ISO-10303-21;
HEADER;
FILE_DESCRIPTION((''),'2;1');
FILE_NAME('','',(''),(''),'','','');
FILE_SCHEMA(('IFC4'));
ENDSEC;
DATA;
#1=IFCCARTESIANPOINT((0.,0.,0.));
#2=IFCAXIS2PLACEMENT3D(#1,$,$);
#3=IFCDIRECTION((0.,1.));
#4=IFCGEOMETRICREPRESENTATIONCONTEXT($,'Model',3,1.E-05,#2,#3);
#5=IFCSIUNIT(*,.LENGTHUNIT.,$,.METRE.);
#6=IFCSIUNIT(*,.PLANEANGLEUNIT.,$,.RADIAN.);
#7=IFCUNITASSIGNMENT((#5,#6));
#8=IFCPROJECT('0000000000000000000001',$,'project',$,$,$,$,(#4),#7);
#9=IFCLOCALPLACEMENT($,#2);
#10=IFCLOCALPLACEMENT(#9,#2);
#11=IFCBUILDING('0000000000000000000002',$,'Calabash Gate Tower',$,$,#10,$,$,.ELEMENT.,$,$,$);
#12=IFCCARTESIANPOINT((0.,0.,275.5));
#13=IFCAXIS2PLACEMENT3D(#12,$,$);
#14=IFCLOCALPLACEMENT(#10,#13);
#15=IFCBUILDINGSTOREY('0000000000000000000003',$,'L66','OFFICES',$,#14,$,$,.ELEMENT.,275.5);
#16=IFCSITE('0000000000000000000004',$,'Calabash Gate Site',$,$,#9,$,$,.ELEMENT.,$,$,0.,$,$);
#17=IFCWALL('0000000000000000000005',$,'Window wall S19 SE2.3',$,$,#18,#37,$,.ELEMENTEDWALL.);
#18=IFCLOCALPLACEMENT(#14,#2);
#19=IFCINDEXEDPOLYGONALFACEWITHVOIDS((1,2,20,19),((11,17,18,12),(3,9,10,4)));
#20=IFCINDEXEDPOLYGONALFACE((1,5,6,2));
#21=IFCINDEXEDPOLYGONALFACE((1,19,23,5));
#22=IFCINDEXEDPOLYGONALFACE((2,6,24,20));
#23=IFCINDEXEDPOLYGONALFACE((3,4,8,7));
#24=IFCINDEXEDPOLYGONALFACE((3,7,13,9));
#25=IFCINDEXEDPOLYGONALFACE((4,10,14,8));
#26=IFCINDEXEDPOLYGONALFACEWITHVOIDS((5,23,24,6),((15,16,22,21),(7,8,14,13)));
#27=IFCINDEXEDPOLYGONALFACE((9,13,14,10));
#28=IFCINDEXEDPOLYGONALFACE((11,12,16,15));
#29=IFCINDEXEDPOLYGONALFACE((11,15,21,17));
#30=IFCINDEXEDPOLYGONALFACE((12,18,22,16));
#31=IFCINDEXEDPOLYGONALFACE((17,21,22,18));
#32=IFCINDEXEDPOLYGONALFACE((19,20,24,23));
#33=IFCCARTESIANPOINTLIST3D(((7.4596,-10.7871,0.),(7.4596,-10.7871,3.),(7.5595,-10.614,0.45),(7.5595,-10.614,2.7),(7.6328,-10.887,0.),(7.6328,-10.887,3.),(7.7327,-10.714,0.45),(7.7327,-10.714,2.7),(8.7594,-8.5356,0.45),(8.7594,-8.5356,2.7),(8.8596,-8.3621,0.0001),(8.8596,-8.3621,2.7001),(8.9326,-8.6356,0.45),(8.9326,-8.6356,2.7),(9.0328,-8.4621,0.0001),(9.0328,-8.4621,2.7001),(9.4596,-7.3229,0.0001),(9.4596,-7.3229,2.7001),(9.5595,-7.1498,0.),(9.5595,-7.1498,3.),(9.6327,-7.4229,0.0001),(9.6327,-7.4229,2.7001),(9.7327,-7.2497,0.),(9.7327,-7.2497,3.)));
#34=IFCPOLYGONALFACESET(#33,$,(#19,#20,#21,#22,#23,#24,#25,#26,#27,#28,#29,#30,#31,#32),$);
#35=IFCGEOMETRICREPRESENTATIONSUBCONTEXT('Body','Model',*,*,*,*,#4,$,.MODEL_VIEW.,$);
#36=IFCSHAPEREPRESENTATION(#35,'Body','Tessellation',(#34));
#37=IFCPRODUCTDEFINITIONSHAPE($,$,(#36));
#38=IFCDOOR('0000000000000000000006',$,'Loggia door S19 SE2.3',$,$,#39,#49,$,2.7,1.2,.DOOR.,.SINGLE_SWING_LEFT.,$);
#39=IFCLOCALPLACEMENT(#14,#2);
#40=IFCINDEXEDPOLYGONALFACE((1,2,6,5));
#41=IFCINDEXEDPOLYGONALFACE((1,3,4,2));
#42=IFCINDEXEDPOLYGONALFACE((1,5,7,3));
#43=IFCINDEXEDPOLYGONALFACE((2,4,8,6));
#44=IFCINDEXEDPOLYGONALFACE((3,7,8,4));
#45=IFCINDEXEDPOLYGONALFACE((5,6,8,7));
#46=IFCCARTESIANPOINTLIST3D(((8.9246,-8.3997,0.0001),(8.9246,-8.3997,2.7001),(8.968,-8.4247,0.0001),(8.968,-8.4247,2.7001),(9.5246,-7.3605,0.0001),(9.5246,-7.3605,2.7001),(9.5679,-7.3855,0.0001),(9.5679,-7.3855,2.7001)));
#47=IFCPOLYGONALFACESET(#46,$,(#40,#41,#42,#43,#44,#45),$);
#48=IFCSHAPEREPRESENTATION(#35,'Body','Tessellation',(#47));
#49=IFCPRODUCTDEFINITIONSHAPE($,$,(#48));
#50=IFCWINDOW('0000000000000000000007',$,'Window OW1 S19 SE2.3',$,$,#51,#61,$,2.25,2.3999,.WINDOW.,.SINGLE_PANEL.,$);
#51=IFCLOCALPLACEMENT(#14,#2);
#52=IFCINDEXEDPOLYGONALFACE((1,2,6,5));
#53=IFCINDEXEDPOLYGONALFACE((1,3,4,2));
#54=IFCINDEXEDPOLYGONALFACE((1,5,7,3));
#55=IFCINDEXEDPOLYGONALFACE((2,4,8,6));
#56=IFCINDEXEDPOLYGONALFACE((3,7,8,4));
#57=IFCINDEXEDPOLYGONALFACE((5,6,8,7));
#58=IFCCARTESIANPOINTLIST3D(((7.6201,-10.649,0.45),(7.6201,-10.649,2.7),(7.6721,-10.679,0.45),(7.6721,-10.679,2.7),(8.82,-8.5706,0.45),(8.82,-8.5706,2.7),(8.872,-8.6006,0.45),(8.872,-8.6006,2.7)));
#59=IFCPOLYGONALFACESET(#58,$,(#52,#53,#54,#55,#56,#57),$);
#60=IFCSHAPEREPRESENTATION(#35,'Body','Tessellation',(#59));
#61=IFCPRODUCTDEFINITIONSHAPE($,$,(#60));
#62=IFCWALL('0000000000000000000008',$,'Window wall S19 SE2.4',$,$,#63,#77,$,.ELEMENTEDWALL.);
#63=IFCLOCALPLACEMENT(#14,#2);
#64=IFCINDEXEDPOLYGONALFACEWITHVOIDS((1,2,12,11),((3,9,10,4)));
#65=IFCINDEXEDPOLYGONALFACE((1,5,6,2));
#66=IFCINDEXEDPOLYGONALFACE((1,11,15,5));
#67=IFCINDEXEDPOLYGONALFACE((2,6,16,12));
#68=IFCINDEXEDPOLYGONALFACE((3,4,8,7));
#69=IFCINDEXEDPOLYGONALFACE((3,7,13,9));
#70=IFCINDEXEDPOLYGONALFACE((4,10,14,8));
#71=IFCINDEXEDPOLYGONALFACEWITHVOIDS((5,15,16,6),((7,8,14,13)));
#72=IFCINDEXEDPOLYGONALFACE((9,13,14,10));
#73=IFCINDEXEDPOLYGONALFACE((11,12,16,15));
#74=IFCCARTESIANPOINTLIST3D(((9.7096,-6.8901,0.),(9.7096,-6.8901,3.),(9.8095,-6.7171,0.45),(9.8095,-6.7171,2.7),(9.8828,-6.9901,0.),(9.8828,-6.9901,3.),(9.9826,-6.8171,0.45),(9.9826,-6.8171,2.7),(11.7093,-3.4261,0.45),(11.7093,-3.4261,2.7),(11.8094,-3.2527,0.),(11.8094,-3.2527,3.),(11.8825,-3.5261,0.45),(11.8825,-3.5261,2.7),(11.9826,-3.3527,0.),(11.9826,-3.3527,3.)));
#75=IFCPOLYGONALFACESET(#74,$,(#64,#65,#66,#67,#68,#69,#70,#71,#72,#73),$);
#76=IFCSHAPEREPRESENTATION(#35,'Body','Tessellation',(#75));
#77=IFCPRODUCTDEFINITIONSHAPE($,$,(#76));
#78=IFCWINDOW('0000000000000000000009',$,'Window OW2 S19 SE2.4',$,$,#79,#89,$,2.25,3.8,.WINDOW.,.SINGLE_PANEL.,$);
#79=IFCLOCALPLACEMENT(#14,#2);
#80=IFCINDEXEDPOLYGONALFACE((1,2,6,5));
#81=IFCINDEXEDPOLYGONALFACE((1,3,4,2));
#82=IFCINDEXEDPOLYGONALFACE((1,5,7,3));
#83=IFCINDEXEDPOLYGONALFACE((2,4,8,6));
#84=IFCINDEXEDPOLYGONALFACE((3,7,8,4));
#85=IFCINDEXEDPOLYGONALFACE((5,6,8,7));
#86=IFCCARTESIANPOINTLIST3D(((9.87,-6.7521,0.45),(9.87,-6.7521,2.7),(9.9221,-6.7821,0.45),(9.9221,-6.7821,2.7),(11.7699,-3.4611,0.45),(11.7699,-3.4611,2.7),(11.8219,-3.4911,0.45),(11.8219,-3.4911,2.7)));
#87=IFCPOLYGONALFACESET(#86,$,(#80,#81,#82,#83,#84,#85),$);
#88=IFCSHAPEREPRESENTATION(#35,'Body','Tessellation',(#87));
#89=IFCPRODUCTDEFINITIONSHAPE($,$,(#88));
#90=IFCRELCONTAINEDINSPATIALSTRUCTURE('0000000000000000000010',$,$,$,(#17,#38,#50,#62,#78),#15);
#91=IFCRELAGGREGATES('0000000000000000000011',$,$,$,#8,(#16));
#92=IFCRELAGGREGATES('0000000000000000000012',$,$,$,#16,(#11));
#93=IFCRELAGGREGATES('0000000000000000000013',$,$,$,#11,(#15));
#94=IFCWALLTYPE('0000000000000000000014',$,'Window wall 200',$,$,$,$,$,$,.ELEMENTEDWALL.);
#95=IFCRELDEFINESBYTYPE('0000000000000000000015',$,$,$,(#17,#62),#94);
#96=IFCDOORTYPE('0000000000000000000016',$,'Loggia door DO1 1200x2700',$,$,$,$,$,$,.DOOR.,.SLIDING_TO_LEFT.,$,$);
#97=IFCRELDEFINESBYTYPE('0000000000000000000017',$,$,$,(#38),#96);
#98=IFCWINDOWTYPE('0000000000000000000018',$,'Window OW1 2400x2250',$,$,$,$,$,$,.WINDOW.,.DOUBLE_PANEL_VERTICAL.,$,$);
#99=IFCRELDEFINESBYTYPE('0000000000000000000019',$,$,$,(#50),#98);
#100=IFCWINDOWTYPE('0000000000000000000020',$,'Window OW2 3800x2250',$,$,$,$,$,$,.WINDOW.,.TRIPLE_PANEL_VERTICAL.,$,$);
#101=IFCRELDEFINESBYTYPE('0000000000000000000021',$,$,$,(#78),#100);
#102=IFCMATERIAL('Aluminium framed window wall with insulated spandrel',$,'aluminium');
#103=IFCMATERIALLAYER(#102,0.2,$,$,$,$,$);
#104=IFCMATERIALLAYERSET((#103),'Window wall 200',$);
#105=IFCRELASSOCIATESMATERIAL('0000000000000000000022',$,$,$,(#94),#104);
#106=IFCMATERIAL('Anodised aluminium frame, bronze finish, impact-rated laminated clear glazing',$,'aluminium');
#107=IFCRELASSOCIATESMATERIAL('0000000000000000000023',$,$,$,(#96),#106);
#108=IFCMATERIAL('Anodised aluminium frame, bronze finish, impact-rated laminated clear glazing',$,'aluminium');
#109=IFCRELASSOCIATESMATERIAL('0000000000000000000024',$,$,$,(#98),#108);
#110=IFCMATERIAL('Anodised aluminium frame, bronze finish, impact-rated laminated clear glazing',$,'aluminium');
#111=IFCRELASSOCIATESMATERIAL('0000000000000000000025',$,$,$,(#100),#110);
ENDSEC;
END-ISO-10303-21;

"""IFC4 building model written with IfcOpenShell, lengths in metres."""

from ifc_helpers import new_model, si_unit, direction, frame, frame_2d, origin, place, context, subcontext, project, spatial, rectangle, extrude, material, layer, layer_set, type_object, element, fill, save


model = new_model("IFC4")

# Units and contexts
model_context = context("Model", 3, precision=1e-05, world=origin(), true_north=direction((0.0, 1.0)))
body_context = subcontext(model_context, "Body", "Model", "MODEL_VIEW")
ifc_project = project(units=[si_unit("LENGTHUNIT", "METRE"), si_unit("PLANEANGLEUNIT", "RADIAN")], contexts=[model_context])

# Site, building, storey
site_placement = place(None, origin())
site = spatial("IfcSite", under=ifc_project, at=site_placement, Name="Calabash Gate Site", CompositionType="ELEMENT", RefElevation=0.0)
building_placement = place(site_placement, origin())
building = spatial("IfcBuilding", under=site, at=building_placement, Name="Calabash Gate Tower", CompositionType="ELEMENT")
storey_placement = place(building_placement, frame((0.0, 0.0, 275.5)))
storey = spatial("IfcBuildingStorey", under=building, at=storey_placement, Name="L66", Description="OFFICES", CompositionType="ELEMENT", Elevation=275.5)

# Wall, openings, door, window
ifc_material_1 = material(Name="Aluminium framed window wall with insulated spandrel", Category="aluminium")
ifc_layer_1 = layer(ifc_material_1, 0.2)
ifc_layer_set_1 = layer_set([ifc_layer_1], Name="Window wall 200")
wall_type_1 = type_object("IfcWallType", Name="Window wall 200", PredefinedType="ELEMENTEDWALL", material=ifc_layer_set_1)
wall_1_placement = place(storey_placement, frame((7.5461, -10.8372, 0.0), z_axis=(0.0, 0.0, 1.0), x_axis=(0.499984, 0.866035, 0.0)))
wall_1 = element("IfcWall", 1, at=wall_1_placement, inside=storey, type_object=wall_type_1, Name="Window wall S19 SE2.3", PredefinedType="ELEMENTEDWALL", context=body_context, shape_type="SweptSolid", body=[
    extrude(rectangle(XDim=4.2, YDim=0.2, at=frame_2d((2.1001, 0.0))), origin(), (0.0, 0.0, 1.0), 3.0),
])
opening_1_placement = place(wall_1_placement, frame((0.2, 0.0, 0.45)))
opening_1 = element("IfcOpeningElement", 2, at=opening_1_placement, cuts=wall_1, PredefinedType="OPENING", context=body_context, shape_type="SweptSolid", body=[
    extrude(rectangle(XDim=2.3999, YDim=2.25, at=frame_2d((1.2, 1.125))), frame((0.0, 0.1099, 0.0), z_axis=(0.0, -1.0, 0.0), x_axis=(1.0, 0.0, 0.0)), (0.0, 0.0, 1.0), 0.22),
])
opening_2_placement = place(wall_1_placement, frame((2.8, 0.0, 0.0)))
opening_2 = element("IfcOpeningElement", 3, at=opening_2_placement, cuts=wall_1, PredefinedType="OPENING", context=body_context, shape_type="SweptSolid", body=[
    extrude(rectangle(XDim=1.2, YDim=2.7, at=frame_2d((0.6001, 1.3501))), frame((0.0, 0.1099, 0.0), z_axis=(0.0, -1.0, 0.0), x_axis=(1.0, 0.0, 0.0)), (0.0, 0.0, 1.0), 0.22),
])
ifc_material_2 = material(Name="Anodised aluminium frame, bronze finish, impact-rated laminated clear glazing", Category="aluminium")
door_type_1 = type_object("IfcDoorType", Name="Loggia door DO1 1200x2700", OperationType="SLIDING_TO_LEFT", PredefinedType="DOOR", material=ifc_material_2)
door_1_placement = place(opening_2_placement, origin())
door_1 = element("IfcDoor", 4, at=door_1_placement, inside=storey, type_object=door_type_1, Name="Loggia door S19 SE2.3", OperationType="SINGLE_SWING_LEFT", OverallHeight=2.7, OverallWidth=1.2, PredefinedType="DOOR", context=body_context, shape_type="SweptSolid", body=[
    extrude(rectangle(XDim=1.2, YDim=2.7, at=frame_2d((0.6001, 1.3501))), frame((0.0, 0.0249, 0.0), z_axis=(0.0, -1.0, 0.0), x_axis=(1.0, 0.0, 0.0)), (0.0, 0.0, 1.0), 0.05),
])
fill(opening_2, door_1)
ifc_material_3 = material(Name="Anodised aluminium frame, bronze finish, impact-rated laminated clear glazing", Category="aluminium")
window_type_1 = type_object("IfcWindowType", Name="Window OW1 2400x2250", PartitioningType="DOUBLE_PANEL_VERTICAL", PredefinedType="WINDOW", material=ifc_material_3)
window_1_placement = place(opening_1_placement, origin())
window_1 = element("IfcWindow", 5, at=window_1_placement, inside=storey, type_object=window_type_1, Name="Window OW1 S19 SE2.3", OverallHeight=2.25, OverallWidth=2.3999, PartitioningType="SINGLE_PANEL", PredefinedType="WINDOW", context=body_context, shape_type="SweptSolid", body=[
    extrude(rectangle(XDim=2.3999, YDim=2.25, at=frame_2d((1.2, 1.125))), frame((0.0, 0.03, 0.0), z_axis=(0.0, -1.0, 0.0), x_axis=(1.0, 0.0, 0.0)), (0.0, 0.0, 1.0), 0.0601),
])
fill(opening_1, window_1)

# Wall, opening, window
wall_2_placement = place(storey_placement, frame((9.7961, -6.9402, 0.0), z_axis=(0.0, 0.0, 1.0), x_axis=(0.499959, 0.866049, 0.0)))
wall_2 = element("IfcWall", 6, at=wall_2_placement, inside=storey, type_object=wall_type_1, Name="Window wall S19 SE2.4", PredefinedType="ELEMENTEDWALL", context=body_context, shape_type="SweptSolid", body=[
    extrude(rectangle(XDim=4.2, YDim=0.2, at=frame_2d((2.1001, 0.0))), origin(), (0.0, 0.0, 1.0), 3.0),
])
opening_3_placement = place(wall_2_placement, frame((0.2, 0.0, 0.45)))
opening_3 = element("IfcOpeningElement", 7, at=opening_3_placement, cuts=wall_2, PredefinedType="OPENING", context=body_context, shape_type="SweptSolid", body=[
    extrude(rectangle(XDim=3.8, YDim=2.25, at=frame_2d((1.8999, 1.125))), frame((0.0, 0.1099, 0.0), z_axis=(0.0, -1.0, 0.0), x_axis=(1.0, 0.0, 0.0)), (0.0, 0.0, 1.0), 0.22),
])
ifc_material_4 = material(Name="Anodised aluminium frame, bronze finish, impact-rated laminated clear glazing", Category="aluminium")
window_type_2 = type_object("IfcWindowType", Name="Window OW2 3800x2250", PartitioningType="TRIPLE_PANEL_VERTICAL", PredefinedType="WINDOW", material=ifc_material_4)
window_2_placement = place(opening_3_placement, origin())
window_2 = element("IfcWindow", 8, at=window_2_placement, inside=storey, type_object=window_type_2, Name="Window OW2 S19 SE2.4", OverallHeight=2.25, OverallWidth=3.8, PartitioningType="SINGLE_PANEL", PredefinedType="WINDOW", context=body_context, shape_type="SweptSolid", body=[
    extrude(rectangle(XDim=3.8, YDim=2.25, at=frame_2d((1.8999, 1.125))), frame((0.0, 0.03, 0.0), z_axis=(0.0, -1.0, 0.0), x_axis=(1.0, 0.0, 0.0)), (0.0, 0.0, 1.0), 0.0601),
])
fill(opening_3, window_2)

save(model, "model.ifc")
